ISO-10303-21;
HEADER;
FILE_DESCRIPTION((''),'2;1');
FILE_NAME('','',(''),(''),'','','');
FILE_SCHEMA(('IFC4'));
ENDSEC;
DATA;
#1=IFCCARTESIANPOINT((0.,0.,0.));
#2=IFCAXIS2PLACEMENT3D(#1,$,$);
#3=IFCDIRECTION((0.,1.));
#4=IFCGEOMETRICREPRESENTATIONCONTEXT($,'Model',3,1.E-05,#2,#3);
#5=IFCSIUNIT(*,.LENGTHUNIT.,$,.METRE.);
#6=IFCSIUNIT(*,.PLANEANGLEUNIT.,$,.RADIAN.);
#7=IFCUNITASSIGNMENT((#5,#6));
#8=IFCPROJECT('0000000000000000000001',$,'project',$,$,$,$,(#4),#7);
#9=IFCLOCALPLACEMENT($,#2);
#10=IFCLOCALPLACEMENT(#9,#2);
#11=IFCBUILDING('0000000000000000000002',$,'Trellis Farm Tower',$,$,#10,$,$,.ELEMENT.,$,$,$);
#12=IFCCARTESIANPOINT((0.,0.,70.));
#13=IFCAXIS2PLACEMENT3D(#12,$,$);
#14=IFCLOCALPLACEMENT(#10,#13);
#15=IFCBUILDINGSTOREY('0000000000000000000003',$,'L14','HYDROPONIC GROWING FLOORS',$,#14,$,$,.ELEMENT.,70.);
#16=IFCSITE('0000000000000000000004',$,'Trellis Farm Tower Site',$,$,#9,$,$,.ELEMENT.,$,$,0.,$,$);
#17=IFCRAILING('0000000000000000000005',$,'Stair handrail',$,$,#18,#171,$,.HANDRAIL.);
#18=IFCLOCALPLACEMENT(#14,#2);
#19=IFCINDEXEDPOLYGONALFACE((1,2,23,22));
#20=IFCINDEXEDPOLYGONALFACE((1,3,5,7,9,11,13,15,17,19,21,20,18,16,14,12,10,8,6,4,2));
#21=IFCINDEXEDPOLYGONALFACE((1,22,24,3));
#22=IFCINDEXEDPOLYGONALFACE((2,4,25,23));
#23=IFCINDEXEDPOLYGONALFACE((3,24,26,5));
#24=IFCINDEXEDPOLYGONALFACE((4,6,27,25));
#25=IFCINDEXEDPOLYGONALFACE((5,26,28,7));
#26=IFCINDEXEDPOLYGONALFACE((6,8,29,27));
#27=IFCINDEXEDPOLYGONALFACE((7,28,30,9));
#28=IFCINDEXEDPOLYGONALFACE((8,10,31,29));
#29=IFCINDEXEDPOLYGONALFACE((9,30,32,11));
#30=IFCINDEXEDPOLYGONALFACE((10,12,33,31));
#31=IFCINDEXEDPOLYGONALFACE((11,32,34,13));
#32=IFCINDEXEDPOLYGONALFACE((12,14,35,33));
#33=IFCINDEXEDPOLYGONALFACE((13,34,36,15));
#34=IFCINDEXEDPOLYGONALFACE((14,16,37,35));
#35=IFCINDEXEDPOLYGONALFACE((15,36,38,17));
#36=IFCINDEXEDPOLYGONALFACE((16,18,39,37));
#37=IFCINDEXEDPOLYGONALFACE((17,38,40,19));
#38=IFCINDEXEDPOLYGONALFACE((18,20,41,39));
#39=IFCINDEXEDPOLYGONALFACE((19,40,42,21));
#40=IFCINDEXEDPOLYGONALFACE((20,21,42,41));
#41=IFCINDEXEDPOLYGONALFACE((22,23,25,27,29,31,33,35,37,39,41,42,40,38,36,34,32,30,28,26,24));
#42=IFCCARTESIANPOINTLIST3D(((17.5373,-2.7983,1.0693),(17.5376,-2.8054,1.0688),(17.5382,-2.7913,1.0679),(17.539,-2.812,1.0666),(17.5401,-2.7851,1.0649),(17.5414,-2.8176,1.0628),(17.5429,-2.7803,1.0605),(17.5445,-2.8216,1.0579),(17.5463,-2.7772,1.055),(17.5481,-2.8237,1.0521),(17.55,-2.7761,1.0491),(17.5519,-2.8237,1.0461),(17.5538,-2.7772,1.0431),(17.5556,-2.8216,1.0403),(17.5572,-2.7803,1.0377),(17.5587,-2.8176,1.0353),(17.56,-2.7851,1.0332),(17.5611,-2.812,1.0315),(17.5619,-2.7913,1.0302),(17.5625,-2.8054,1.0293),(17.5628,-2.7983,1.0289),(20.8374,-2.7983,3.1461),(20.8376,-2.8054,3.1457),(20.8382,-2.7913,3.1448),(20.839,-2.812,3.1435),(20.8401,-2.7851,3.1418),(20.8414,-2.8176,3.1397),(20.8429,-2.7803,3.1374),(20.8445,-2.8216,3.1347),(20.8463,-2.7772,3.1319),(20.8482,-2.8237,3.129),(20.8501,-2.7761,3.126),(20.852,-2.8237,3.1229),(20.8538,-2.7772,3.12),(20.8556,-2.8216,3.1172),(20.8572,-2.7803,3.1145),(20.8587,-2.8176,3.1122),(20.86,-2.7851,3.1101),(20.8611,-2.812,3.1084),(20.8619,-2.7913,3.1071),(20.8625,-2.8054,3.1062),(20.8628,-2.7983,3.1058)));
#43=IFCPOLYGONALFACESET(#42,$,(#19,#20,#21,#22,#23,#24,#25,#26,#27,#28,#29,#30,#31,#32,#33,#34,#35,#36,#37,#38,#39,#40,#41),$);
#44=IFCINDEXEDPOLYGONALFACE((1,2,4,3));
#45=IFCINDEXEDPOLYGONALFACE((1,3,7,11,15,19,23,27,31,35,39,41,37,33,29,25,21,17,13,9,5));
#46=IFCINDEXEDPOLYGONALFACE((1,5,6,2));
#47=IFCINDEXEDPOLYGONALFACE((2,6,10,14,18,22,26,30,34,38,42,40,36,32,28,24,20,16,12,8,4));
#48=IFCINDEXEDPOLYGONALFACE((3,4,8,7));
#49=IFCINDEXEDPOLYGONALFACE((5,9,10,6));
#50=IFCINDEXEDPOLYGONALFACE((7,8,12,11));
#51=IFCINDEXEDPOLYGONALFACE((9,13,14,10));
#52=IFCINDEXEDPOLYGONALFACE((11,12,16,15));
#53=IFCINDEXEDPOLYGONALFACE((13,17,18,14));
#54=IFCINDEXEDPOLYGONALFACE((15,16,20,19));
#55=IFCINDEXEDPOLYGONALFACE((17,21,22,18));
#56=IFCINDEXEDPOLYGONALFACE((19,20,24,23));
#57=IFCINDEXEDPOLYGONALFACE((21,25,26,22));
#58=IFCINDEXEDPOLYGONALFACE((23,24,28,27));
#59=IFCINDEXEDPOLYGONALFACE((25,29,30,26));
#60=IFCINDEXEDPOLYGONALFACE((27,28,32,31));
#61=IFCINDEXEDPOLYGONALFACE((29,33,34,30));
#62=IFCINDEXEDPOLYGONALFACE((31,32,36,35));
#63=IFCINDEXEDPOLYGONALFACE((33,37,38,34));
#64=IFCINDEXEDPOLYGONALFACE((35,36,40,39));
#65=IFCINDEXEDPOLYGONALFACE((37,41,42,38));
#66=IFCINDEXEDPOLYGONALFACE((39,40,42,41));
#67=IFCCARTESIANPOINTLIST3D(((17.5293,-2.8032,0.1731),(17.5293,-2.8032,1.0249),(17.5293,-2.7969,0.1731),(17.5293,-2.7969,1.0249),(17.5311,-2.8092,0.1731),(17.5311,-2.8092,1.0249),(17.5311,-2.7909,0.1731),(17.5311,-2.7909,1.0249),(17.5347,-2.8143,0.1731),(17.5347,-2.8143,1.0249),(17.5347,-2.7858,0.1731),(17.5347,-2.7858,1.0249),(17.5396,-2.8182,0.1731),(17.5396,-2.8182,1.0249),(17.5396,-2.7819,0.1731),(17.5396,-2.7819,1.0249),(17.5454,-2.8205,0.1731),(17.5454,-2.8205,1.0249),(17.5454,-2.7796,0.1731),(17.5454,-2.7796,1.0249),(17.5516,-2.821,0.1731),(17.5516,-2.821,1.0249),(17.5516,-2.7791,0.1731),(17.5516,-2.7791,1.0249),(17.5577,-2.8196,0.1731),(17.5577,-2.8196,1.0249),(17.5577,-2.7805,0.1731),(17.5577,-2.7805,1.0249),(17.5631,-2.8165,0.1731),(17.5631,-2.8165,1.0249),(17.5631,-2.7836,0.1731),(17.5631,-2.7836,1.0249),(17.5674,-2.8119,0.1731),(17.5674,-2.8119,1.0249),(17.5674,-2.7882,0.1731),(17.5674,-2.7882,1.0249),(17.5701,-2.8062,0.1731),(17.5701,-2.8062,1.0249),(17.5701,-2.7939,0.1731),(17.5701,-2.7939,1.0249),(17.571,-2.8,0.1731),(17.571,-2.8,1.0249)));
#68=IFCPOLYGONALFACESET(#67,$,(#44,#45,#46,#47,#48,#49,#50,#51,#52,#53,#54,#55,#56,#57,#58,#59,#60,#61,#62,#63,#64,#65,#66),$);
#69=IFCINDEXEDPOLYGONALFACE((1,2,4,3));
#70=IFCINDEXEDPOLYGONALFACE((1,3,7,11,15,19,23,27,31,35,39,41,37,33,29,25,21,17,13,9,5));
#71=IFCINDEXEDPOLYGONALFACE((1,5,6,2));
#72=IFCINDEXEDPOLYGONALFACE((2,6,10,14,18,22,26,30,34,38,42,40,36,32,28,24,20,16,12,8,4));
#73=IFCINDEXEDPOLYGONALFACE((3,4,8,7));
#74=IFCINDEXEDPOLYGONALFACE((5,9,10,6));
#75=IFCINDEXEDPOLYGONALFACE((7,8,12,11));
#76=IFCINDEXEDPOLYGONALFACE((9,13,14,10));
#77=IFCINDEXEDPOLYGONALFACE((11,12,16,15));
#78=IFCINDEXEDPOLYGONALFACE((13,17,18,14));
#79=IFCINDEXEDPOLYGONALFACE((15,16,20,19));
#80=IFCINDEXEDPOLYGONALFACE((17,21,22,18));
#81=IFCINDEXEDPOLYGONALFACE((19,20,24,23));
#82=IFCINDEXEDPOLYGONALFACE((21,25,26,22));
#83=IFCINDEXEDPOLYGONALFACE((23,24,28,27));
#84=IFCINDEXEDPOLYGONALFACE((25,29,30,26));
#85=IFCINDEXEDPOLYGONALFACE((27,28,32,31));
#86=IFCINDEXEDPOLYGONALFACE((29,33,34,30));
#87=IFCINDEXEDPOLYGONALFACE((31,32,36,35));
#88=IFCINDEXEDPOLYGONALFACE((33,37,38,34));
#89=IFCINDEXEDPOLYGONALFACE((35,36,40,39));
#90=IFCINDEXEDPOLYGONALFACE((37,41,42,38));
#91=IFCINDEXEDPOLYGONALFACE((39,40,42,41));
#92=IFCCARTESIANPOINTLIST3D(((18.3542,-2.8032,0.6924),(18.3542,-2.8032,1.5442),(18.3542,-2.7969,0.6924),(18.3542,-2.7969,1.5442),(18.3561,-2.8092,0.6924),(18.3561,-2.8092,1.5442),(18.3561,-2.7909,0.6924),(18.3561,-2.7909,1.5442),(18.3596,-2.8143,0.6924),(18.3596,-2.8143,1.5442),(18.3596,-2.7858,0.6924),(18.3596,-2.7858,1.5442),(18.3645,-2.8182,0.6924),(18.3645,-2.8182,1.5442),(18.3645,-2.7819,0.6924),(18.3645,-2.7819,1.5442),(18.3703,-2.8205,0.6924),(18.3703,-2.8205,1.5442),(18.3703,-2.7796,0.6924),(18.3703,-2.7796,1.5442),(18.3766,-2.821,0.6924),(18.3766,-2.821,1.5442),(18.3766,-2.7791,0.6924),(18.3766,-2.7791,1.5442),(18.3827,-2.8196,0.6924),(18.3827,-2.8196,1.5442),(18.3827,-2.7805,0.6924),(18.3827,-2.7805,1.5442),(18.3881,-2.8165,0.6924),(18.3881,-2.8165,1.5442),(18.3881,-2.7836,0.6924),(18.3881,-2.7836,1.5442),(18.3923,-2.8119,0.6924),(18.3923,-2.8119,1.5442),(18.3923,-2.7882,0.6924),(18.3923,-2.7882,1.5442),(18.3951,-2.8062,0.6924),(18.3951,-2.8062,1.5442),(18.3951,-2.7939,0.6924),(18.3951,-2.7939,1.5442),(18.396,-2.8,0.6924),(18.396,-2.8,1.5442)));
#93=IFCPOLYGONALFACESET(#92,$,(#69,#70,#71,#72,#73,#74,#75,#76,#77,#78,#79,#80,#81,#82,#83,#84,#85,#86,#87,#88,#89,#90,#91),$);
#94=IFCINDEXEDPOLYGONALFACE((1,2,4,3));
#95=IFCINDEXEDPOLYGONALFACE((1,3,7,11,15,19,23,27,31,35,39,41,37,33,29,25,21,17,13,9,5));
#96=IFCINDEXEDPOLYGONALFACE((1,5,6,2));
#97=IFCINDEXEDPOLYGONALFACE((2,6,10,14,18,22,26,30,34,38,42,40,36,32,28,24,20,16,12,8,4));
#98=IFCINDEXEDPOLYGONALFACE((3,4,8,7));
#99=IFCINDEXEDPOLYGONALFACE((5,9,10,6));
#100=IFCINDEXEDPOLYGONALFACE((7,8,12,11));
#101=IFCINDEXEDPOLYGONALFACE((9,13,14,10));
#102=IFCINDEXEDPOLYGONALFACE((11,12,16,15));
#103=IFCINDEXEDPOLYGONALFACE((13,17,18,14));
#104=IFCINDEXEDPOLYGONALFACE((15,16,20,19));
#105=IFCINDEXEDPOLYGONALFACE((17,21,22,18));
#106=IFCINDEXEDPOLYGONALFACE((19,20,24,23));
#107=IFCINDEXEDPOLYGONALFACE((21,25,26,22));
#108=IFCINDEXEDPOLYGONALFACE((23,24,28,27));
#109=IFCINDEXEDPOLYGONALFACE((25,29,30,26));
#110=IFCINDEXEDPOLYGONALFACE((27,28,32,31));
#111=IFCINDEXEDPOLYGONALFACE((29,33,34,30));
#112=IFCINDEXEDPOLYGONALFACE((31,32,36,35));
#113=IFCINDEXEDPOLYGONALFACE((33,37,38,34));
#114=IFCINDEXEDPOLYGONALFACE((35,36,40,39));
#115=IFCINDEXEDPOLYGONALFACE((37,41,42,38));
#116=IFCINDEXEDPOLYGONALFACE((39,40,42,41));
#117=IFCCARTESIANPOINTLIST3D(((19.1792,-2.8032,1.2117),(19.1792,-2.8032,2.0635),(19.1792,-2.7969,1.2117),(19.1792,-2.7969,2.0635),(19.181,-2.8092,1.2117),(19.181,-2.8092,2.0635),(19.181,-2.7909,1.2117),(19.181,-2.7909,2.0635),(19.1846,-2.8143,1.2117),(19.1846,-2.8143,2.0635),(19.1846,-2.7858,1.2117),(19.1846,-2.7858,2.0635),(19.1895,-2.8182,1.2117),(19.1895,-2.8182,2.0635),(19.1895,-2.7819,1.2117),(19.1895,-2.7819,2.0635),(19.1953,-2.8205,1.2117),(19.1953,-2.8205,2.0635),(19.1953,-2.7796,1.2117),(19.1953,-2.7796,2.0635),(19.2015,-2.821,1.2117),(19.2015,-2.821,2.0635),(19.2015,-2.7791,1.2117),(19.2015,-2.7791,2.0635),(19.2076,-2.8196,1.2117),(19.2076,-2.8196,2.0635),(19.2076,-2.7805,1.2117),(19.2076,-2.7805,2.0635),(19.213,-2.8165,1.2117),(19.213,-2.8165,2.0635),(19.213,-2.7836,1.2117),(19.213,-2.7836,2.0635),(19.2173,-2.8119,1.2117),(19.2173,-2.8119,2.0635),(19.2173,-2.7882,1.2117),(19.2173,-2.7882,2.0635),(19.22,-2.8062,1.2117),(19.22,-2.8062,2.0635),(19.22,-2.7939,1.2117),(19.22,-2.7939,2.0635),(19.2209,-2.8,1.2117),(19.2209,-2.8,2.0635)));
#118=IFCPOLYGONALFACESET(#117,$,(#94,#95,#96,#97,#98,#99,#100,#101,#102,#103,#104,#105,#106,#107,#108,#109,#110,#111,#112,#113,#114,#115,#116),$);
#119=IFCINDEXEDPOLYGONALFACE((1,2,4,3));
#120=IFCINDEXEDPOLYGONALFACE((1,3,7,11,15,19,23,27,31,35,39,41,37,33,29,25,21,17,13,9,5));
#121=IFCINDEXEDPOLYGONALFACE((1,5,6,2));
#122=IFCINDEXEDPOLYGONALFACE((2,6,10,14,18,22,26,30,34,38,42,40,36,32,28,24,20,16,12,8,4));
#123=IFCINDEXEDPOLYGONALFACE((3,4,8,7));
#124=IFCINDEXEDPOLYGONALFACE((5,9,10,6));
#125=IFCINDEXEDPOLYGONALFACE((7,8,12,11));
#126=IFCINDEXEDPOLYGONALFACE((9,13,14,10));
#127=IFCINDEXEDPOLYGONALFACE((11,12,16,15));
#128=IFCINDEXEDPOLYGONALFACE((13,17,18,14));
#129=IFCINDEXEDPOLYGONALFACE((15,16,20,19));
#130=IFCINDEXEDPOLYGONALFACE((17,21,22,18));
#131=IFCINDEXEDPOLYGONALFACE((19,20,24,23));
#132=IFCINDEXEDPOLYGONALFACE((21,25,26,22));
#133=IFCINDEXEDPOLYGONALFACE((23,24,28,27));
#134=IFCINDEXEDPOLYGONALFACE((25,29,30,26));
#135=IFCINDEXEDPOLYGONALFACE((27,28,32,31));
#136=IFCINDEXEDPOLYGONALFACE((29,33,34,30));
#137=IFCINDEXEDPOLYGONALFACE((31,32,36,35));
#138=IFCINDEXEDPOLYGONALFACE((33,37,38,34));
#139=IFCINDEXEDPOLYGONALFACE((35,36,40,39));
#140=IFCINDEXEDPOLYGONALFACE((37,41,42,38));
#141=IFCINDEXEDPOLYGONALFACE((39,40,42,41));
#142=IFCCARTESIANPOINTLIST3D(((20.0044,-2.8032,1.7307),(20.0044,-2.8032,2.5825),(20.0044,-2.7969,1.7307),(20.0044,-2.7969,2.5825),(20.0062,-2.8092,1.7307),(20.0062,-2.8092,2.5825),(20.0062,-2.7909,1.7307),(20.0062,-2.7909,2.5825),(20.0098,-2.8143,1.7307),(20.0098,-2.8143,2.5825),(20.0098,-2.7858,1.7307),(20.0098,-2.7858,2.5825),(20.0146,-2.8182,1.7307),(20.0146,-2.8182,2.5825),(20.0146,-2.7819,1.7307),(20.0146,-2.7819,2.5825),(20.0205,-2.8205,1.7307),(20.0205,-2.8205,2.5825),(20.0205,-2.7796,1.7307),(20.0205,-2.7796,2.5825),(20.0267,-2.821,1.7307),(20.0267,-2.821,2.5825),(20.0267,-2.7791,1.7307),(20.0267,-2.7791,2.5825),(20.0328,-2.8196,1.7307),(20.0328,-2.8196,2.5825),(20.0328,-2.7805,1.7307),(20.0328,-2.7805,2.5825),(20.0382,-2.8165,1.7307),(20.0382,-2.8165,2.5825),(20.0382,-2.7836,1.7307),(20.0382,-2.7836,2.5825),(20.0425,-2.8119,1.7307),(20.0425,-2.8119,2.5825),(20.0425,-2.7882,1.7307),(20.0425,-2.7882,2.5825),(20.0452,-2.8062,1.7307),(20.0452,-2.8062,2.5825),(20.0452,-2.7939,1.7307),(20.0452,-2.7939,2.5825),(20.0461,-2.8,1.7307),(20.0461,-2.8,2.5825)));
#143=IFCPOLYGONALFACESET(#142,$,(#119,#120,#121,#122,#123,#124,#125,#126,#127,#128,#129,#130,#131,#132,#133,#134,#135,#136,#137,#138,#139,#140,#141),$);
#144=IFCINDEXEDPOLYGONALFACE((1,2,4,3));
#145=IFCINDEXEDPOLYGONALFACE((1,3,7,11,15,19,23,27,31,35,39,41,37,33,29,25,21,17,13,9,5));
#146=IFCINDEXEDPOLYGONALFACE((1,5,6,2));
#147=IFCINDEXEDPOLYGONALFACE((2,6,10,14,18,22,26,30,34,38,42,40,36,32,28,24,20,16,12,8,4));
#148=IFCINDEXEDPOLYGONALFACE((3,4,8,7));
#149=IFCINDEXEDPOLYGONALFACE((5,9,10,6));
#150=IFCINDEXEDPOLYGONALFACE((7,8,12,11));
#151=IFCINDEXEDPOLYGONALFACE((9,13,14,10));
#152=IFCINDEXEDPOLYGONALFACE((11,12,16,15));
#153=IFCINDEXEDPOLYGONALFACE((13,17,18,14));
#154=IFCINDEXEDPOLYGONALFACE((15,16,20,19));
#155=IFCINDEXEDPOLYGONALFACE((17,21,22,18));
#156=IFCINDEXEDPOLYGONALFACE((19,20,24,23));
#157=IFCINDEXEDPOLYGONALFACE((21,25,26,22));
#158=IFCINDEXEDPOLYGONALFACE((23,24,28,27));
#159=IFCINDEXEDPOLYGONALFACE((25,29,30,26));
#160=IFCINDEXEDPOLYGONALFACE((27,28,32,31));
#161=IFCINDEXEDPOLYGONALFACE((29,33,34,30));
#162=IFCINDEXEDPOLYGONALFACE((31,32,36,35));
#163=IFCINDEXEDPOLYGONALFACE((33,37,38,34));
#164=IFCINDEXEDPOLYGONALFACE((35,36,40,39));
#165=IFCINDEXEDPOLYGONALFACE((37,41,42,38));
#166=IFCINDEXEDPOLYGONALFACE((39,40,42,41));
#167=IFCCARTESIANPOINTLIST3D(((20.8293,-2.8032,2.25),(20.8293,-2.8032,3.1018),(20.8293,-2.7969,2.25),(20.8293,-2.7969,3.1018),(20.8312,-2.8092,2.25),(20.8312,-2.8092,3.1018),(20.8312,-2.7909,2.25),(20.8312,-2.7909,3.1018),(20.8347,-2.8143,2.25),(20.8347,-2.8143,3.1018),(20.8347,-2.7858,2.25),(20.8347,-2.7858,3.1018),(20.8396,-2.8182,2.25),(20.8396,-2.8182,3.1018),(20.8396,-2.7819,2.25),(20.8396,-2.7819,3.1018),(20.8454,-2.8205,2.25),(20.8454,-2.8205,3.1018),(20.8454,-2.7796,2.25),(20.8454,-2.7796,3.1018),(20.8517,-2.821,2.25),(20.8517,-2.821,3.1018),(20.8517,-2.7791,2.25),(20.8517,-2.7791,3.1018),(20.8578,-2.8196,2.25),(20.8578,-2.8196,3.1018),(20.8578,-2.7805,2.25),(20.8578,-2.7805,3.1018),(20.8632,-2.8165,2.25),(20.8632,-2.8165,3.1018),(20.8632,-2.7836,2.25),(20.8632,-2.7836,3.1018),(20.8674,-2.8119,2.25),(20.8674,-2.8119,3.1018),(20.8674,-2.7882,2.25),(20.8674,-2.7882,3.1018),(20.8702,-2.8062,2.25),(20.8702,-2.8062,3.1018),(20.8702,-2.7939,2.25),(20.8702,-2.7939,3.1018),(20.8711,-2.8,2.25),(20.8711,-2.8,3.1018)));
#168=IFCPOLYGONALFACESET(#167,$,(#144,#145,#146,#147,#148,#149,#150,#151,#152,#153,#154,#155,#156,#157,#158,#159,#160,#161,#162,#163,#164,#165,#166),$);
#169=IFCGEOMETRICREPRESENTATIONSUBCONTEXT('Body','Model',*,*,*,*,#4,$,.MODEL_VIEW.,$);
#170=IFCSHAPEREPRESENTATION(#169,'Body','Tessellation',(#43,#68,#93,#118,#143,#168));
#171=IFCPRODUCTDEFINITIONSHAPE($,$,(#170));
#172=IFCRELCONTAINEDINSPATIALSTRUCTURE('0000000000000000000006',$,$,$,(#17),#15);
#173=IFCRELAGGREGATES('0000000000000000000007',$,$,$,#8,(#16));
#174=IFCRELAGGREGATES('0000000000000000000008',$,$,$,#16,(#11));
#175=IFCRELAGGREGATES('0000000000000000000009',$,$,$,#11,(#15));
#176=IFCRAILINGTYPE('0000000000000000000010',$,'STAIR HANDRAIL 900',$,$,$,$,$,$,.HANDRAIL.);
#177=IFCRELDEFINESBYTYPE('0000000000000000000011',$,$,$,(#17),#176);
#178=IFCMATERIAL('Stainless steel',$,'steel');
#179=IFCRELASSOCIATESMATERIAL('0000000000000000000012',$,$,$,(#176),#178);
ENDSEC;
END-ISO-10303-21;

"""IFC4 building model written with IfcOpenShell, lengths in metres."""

from ifc_helpers import new_model, si_unit, direction, frame, origin, origin_2d, place, context, subcontext, project, spatial, circle, extrude, source, transform, mapped, material, type_object, element, save


model = new_model("IFC4")

# Units and contexts
model_context = context("Model", 3, precision=1e-05, world=origin(), true_north=direction((0.0, 1.0)))
body_context = subcontext(model_context, "Body", "Model", "MODEL_VIEW")
ifc_project = project(units=[si_unit("LENGTHUNIT", "METRE"), si_unit("PLANEANGLEUNIT", "RADIAN")], contexts=[model_context])

# Site, building, storey
site_placement = place(None, origin())
site = spatial("IfcSite", under=ifc_project, at=site_placement, Name="Trellis Farm Tower Site", CompositionType="ELEMENT", RefElevation=0.0)
building_placement = place(site_placement, origin())
building = spatial("IfcBuilding", under=site, at=building_placement, Name="Trellis Farm Tower", CompositionType="ELEMENT")
storey_placement = place(building_placement, frame((0.0, 0.0, 70.0)))
storey = spatial("IfcBuildingStorey", under=building, at=storey_placement, Name="L14", Description="HYDROPONIC GROWING FLOORS", CompositionType="ELEMENT", Elevation=70.0)

# Railing
ifc_material_1 = material(Name="Stainless steel", Category="steel")
railing_type = type_object("IfcRailingType", Name="STAIR HANDRAIL 900", PredefinedType="HANDRAIL", material=ifc_material_1)
shared_shape_1 = source(origin(), body_context, "Body", "SweptSolid", [
    extrude(circle(Radius=0.0239, at=origin_2d()), frame((0.0, 0.0, 0.876), z_axis=(0.846337, 0.0, 0.532647), x_axis=(0.0, 1.0, 0.0)), (0.0, 0.0, 1.0), 3.8992),
    extrude(circle(Radius=0.021, at=origin_2d()), origin(), (0.0, 0.0, 1.0), 0.8518),
    extrude(circle(Radius=0.021, at=origin_2d()), frame((0.825, 0.0, 0.5193)), (0.0, 0.0, 1.0), 0.8518),
    extrude(circle(Radius=0.021, at=origin_2d()), frame((1.6499, 0.0, 1.0386)), (0.0, 0.0, 1.0), 0.8518),
    extrude(circle(Radius=0.021, at=origin_2d()), frame((2.4751, 0.0, 1.5576)), (0.0, 0.0, 1.0), 0.8518),
    extrude(circle(Radius=0.021, at=origin_2d()), frame((3.3, 0.0, 2.0769)), (0.0, 0.0, 1.0), 0.8518),
])
for number, where, name in (
    (1, (17.55, -2.8, 0.1731), "Stair handrail"),
):
    element("IfcRailing", number, at=place(storey_placement, frame(where)), inside=storey, type_object=railing_type, Name=name, PredefinedType="HANDRAIL", context=body_context, shape_type="MappedRepresentation", body=[
        mapped(shared_shape_1, transform((0.0, 0.0, 0.0))),
    ])

save(model, "model.ifc")
